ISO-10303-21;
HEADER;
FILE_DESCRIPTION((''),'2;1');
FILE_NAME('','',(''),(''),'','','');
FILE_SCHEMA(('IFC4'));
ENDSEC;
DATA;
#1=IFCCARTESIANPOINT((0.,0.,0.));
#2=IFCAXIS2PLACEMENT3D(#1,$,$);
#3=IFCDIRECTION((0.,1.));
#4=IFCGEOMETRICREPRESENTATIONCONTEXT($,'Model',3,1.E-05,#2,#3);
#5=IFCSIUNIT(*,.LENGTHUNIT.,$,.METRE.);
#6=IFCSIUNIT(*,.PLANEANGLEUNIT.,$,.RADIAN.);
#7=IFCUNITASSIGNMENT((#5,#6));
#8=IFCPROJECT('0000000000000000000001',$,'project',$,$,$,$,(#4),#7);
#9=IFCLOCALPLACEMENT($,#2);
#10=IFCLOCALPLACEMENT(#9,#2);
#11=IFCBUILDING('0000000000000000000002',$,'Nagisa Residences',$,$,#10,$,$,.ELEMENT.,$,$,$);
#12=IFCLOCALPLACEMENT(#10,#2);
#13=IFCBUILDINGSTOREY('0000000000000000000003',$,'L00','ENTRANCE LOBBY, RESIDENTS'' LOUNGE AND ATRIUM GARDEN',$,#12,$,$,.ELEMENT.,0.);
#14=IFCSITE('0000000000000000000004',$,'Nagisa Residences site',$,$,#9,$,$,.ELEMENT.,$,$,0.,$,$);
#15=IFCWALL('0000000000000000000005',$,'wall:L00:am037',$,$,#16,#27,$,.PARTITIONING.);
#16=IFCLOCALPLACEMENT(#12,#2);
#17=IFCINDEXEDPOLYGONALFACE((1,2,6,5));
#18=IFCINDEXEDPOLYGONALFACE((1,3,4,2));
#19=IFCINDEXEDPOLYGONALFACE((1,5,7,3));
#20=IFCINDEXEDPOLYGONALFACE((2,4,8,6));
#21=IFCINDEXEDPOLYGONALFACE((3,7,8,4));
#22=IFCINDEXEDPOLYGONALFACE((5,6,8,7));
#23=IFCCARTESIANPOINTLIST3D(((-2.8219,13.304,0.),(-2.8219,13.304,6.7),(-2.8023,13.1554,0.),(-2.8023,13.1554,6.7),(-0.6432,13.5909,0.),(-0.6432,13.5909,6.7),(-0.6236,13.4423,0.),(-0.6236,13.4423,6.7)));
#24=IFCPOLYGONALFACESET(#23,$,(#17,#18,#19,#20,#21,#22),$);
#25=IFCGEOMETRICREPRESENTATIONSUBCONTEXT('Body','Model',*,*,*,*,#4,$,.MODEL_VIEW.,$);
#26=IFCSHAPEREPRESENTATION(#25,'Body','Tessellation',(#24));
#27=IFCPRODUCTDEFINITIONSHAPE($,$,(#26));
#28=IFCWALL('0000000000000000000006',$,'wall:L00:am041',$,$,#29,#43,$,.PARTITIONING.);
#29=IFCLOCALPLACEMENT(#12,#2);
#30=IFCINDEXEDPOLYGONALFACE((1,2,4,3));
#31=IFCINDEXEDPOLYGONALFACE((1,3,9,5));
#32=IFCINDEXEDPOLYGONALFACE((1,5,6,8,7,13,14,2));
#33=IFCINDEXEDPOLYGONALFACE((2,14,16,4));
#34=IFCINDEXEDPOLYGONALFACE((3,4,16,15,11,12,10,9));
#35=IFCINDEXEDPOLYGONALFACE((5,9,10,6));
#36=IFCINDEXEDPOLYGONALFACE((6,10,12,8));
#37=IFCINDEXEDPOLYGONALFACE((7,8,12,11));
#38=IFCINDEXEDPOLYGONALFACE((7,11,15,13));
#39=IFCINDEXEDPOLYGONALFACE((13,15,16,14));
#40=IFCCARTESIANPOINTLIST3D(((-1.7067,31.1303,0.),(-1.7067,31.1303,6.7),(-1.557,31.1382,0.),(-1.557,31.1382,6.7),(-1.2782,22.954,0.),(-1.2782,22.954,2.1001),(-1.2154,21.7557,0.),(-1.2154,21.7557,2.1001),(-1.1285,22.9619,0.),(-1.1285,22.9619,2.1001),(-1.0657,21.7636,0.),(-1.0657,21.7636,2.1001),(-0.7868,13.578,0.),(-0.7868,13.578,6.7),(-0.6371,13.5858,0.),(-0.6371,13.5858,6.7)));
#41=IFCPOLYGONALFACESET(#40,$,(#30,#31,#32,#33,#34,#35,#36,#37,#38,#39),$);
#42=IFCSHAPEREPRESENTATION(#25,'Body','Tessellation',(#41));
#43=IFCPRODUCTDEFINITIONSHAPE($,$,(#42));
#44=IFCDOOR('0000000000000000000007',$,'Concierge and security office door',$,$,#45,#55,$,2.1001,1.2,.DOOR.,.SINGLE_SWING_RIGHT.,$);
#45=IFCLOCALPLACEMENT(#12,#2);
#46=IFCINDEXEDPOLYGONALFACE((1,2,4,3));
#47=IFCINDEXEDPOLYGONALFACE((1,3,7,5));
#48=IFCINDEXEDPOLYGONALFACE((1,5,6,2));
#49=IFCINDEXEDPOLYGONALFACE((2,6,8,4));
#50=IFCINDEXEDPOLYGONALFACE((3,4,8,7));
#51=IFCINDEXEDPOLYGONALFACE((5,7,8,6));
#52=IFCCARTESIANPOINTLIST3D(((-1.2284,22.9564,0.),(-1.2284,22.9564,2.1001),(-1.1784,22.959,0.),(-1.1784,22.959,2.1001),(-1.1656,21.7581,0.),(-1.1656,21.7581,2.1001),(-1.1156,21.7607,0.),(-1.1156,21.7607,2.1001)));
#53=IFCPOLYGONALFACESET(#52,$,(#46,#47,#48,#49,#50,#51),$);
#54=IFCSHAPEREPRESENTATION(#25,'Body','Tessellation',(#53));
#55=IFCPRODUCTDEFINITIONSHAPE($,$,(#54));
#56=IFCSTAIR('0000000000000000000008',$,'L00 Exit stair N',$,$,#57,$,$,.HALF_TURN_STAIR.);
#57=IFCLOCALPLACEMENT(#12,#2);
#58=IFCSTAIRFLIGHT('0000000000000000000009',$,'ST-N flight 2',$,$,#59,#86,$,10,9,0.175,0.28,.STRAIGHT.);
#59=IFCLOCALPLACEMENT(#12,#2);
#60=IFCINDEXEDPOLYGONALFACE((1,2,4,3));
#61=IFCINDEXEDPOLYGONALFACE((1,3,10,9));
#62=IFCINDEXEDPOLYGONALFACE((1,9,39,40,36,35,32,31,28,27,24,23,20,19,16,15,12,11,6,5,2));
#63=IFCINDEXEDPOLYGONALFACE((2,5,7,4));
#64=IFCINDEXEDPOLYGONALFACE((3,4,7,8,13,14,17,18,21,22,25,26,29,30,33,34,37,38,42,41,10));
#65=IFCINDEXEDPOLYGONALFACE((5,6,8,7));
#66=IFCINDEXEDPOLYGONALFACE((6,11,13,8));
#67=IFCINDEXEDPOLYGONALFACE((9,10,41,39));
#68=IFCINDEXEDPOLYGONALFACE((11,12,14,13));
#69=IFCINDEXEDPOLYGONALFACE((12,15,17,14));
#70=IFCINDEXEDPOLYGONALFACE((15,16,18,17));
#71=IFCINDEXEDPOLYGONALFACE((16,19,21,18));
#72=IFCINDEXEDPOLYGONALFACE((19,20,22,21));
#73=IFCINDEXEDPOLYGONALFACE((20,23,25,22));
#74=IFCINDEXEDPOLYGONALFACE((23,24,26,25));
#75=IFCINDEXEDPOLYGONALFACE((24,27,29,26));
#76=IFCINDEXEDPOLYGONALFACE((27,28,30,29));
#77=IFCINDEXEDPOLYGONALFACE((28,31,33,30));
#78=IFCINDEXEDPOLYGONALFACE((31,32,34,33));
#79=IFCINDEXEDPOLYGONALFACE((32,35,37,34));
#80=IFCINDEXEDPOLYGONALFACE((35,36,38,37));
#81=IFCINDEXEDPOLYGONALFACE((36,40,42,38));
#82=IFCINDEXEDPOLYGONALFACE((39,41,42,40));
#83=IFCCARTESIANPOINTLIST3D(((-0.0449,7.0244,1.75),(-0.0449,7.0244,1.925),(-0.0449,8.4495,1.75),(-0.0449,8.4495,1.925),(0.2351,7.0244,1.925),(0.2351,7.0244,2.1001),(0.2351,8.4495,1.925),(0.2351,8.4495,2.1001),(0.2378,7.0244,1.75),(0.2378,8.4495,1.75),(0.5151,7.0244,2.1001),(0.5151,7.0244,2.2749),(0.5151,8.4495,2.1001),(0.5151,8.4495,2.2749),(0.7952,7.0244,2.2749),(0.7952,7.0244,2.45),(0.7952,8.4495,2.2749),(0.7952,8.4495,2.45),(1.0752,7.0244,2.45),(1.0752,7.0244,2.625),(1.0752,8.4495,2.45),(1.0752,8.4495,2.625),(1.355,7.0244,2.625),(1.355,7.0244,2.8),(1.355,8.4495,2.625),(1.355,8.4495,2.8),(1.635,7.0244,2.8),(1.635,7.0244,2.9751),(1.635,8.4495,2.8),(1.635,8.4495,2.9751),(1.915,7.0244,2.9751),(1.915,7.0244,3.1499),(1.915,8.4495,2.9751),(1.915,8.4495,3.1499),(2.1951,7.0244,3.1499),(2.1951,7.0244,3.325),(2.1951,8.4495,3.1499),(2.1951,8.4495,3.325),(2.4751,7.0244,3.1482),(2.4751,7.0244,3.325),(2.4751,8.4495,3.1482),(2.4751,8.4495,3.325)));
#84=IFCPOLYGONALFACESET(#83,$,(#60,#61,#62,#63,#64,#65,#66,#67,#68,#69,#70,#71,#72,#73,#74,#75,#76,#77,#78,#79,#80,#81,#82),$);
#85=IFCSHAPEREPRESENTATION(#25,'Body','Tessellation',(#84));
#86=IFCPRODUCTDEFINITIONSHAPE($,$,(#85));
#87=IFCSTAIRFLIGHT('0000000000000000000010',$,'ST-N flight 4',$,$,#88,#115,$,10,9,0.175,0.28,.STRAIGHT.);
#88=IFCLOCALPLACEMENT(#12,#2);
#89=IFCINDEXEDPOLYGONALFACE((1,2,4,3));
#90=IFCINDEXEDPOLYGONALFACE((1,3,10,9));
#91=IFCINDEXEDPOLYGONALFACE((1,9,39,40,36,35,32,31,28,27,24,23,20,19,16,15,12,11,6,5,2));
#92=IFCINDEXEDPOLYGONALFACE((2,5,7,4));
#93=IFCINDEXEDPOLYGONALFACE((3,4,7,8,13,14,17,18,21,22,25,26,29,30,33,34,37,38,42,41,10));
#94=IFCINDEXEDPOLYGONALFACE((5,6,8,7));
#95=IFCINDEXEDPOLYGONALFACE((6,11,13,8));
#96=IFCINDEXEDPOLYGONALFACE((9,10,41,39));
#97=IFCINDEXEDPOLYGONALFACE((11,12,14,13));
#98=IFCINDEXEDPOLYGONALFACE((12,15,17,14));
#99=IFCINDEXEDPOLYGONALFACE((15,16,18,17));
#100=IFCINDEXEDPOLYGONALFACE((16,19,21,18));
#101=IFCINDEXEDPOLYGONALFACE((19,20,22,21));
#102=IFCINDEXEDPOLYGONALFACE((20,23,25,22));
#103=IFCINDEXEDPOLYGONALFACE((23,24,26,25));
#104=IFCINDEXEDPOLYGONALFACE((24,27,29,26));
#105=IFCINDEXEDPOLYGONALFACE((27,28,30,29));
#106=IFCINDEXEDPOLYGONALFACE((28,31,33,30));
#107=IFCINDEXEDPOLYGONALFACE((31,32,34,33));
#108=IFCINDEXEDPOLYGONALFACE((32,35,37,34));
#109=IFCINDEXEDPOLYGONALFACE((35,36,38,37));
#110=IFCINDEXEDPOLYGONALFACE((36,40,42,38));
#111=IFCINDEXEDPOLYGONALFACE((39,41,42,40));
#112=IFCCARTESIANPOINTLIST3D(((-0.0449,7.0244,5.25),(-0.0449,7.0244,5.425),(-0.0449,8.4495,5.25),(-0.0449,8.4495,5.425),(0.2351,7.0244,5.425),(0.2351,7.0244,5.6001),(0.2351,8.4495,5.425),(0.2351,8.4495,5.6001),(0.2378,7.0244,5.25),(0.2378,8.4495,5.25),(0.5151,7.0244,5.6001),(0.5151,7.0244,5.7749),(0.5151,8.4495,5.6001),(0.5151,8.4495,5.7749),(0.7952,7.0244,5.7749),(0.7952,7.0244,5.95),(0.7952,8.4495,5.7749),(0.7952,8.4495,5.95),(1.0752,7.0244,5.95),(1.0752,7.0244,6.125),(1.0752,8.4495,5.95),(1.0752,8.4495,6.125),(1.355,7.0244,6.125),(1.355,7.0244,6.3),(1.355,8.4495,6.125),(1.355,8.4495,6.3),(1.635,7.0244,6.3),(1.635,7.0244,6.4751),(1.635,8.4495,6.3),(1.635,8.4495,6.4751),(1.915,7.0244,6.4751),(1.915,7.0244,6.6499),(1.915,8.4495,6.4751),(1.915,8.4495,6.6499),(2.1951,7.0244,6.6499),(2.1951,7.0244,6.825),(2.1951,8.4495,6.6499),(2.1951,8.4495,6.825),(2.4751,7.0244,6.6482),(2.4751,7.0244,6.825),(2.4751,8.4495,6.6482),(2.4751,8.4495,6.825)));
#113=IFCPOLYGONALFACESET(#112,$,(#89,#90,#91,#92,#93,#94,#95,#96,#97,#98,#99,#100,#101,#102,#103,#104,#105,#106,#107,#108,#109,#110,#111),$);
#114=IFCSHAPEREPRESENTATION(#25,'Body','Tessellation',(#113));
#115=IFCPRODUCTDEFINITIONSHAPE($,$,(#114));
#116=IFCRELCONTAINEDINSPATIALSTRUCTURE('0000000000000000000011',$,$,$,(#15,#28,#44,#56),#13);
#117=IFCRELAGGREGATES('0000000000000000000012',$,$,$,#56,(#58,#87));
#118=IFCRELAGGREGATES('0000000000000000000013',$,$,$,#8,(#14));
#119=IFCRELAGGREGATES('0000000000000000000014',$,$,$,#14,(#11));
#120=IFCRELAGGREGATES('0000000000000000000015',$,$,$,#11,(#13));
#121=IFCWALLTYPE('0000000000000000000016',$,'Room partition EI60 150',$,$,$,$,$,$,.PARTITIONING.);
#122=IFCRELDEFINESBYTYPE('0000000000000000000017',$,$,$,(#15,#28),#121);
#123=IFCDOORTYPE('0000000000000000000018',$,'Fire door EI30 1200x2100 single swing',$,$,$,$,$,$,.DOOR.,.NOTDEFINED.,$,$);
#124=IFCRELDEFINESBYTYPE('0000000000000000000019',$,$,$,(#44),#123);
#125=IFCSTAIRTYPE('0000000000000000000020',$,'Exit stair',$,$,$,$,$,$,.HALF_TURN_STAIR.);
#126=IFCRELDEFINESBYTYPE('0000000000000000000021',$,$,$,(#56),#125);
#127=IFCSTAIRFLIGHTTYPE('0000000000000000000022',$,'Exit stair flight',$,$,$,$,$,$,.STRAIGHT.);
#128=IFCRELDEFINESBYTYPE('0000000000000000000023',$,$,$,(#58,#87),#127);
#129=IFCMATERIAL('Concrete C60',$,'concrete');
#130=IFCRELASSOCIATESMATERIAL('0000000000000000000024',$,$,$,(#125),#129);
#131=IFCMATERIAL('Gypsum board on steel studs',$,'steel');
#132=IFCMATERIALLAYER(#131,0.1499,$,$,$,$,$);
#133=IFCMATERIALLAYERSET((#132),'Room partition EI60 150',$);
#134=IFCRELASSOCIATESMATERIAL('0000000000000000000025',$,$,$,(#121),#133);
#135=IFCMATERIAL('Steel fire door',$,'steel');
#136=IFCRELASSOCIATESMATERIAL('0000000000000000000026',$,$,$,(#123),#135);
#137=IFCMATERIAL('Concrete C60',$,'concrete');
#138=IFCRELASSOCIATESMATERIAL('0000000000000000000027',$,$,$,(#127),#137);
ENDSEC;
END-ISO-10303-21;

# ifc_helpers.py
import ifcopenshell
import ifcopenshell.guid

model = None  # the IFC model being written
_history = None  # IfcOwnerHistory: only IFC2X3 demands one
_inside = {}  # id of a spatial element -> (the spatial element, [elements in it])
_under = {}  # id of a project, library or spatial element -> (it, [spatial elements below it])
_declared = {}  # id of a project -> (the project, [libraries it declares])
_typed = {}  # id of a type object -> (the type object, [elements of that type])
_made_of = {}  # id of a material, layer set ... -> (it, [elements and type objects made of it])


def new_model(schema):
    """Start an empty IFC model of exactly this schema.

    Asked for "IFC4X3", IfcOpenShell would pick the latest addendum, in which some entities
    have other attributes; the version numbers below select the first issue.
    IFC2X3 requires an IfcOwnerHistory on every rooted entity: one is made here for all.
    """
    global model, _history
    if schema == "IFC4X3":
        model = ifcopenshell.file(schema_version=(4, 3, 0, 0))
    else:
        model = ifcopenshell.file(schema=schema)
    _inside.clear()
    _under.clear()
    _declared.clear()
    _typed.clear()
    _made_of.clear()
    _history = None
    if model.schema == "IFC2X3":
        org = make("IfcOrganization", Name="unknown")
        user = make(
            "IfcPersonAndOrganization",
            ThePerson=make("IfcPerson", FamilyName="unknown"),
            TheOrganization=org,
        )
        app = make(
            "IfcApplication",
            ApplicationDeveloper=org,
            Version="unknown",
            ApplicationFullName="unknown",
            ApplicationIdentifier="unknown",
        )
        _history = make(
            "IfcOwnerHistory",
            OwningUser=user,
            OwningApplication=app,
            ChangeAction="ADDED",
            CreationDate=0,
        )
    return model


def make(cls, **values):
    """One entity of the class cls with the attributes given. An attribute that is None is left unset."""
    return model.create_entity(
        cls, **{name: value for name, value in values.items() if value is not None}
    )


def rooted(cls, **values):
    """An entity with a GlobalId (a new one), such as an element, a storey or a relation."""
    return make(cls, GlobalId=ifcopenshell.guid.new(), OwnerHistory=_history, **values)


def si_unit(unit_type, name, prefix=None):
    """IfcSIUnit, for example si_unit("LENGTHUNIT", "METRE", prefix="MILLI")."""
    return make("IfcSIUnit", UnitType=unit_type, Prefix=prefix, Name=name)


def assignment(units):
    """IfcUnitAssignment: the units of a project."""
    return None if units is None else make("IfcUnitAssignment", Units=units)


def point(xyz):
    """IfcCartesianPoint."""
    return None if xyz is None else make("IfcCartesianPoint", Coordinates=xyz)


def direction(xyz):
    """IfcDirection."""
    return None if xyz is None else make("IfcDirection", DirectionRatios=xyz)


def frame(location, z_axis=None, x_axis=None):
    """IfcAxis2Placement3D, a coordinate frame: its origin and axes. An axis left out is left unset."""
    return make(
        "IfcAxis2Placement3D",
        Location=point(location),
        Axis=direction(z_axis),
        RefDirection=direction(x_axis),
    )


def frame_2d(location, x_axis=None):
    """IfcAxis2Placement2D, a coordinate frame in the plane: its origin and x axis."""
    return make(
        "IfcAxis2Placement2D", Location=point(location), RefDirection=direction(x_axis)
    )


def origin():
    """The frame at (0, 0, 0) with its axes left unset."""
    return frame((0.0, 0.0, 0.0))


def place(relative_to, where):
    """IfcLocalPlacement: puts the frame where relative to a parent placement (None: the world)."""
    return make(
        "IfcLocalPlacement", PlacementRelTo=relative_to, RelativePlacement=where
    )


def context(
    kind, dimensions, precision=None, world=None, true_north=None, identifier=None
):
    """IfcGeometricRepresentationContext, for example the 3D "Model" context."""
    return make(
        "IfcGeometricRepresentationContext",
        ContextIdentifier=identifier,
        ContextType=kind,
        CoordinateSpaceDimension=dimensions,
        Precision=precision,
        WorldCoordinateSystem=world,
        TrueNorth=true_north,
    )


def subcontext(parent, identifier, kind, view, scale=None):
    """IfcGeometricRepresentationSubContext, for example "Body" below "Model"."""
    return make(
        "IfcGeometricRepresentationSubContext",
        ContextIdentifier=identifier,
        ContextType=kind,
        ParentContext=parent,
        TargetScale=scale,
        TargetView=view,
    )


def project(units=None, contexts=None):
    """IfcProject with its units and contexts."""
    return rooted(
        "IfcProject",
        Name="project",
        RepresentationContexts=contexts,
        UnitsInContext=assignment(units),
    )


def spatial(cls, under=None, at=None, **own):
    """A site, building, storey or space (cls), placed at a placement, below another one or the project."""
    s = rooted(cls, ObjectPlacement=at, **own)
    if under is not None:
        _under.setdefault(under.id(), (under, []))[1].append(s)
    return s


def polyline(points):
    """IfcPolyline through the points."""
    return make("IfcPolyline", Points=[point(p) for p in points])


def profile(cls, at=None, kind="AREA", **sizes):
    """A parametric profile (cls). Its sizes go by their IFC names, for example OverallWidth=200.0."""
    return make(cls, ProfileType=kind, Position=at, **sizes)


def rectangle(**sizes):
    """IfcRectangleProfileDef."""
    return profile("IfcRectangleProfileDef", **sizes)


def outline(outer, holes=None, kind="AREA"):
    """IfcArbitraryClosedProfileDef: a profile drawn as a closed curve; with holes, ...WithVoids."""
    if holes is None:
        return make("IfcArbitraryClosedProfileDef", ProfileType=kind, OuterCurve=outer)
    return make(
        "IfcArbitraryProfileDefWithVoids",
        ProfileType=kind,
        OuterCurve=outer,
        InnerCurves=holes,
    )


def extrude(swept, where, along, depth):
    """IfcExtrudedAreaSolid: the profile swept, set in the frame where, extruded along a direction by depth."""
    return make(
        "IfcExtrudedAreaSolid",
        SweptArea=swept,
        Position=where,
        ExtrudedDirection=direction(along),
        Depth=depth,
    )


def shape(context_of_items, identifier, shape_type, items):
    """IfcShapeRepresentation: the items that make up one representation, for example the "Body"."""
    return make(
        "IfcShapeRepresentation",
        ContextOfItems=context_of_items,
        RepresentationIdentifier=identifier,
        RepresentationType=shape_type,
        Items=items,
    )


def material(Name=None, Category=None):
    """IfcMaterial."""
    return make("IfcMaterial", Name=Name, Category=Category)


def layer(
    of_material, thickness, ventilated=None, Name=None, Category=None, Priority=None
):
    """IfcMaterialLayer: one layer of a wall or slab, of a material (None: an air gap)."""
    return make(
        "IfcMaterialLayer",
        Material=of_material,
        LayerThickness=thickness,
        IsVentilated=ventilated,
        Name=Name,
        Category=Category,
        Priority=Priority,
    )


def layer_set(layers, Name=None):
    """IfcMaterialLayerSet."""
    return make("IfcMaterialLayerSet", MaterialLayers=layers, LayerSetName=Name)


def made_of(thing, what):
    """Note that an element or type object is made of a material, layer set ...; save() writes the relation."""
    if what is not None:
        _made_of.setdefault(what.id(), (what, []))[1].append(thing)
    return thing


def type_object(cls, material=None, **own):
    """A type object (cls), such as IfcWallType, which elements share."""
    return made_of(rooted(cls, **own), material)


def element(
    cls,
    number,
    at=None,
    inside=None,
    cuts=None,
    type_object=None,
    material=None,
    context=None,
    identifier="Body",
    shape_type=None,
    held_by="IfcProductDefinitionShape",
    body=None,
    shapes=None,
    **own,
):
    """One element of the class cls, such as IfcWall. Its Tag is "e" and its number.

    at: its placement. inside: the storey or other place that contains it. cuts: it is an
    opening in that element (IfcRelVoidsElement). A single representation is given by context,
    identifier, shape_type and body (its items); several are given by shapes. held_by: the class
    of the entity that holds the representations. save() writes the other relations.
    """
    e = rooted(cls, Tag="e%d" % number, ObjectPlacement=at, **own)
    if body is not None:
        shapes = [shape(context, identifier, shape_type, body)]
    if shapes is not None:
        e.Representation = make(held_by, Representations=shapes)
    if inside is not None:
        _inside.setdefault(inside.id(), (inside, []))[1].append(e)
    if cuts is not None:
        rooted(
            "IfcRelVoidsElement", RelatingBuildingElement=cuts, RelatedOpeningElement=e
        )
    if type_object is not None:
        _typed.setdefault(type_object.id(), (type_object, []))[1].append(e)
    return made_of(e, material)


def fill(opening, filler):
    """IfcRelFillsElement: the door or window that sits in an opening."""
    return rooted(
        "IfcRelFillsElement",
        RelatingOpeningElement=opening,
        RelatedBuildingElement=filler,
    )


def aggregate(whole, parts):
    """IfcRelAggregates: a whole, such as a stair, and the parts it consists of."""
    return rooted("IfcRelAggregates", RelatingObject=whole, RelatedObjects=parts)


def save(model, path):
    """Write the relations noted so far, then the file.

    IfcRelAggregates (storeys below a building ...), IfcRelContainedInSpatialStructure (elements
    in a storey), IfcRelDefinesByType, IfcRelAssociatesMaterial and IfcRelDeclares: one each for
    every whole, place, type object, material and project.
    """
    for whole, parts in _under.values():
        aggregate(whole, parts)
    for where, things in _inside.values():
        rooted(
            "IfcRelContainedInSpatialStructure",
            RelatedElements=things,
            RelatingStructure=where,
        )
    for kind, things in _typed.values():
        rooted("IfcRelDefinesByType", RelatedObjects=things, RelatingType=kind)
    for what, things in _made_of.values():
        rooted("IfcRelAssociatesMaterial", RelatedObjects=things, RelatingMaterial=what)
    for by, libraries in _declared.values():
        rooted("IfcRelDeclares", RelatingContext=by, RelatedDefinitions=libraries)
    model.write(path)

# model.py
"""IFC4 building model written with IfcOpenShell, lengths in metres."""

from ifc_helpers import new_model, si_unit, direction, frame, frame_2d, origin, place, context, subcontext, project, spatial, polyline, rectangle, outline, extrude, material, layer, layer_set, type_object, element, fill, aggregate, save


model = new_model("IFC4")

# Units and contexts
model_context = context("Model", 3, precision=1e-05, world=origin(), true_north=direction((0.0, 1.0)))
body_context = subcontext(model_context, "Body", "Model", "MODEL_VIEW")
ifc_project = project(units=[si_unit("LENGTHUNIT", "METRE"), si_unit("PLANEANGLEUNIT", "RADIAN")], contexts=[model_context])

# Site, building, storey
site_placement = place(None, origin())
site = spatial("IfcSite", under=ifc_project, at=site_placement, Name="Nagisa Residences site", CompositionType="ELEMENT", RefElevation=0.0)
building_placement = place(site_placement, origin())
building = spatial("IfcBuilding", under=site, at=building_placement, Name="Nagisa Residences", CompositionType="ELEMENT")
storey_placement = place(building_placement, origin())
storey = spatial("IfcBuildingStorey", under=building, at=storey_placement, Name="L00", Description="ENTRANCE LOBBY, RESIDENTS' LOUNGE AND ATRIUM GARDEN", CompositionType="ELEMENT", Elevation=0.0)

# Shared definitions
ifc_material_1 = material(Name="Concrete C60", Category="concrete")
stair_type = type_object("IfcStairType", Name="Exit stair", PredefinedType="HALF_TURN_STAIR", material=ifc_material_1)

# Wall
ifc_material_2 = material(Name="Gypsum board on steel studs", Category="steel")
ifc_layer_1 = layer(ifc_material_2, 0.1499)
ifc_layer_set_1 = layer_set([ifc_layer_1], Name="Room partition EI60 150")
wall_type_1 = type_object("IfcWallType", Name="Room partition EI60 150", PredefinedType="PARTITIONING", material=ifc_layer_set_1)
wall_1_placement = place(storey_placement, frame((-2.812, 13.2297, 0.0), z_axis=(0.0, 0.0, 1.0), x_axis=(0.991443, 0.130541, 0.0)))
element("IfcWall", 1, at=wall_1_placement, inside=storey, type_object=wall_type_1, Name="wall:L00:am037", PredefinedType="PARTITIONING", context=body_context, shape_type="SweptSolid", body=[
    extrude(rectangle(XDim=2.1975, YDim=0.1499, at=frame_2d((1.0986, 0.0))), origin(), (0.0, 0.0, 1.0), 6.7),
])

# Wall, opening, door
wall_2_placement = place(storey_placement, frame((-0.7119, 13.582, 0.0), z_axis=(0.0, 0.0, 1.0), x_axis=(-0.052339, 0.998629, 0.0)))
wall_2 = element("IfcWall", 2, at=wall_2_placement, inside=storey, type_object=wall_type_1, Name="wall:L00:am041", PredefinedType="PARTITIONING", context=body_context, shape_type="SweptSolid", body=[
    extrude(rectangle(XDim=17.5764, YDim=0.1499, at=frame_2d((8.7881, 0.0))), origin(), (0.0, 0.0, 1.0), 6.7),
])
opening_1_placement = place(wall_2_placement, frame((8.1887, 0.0, 0.0)))
opening_1 = element("IfcOpeningElement", 3, at=opening_1_placement, cuts=wall_2, PredefinedType="OPENING", context=body_context, shape_type="SweptSolid", body=[
    extrude(rectangle(XDim=1.2, YDim=2.1001, at=frame_2d((0.6001, 1.05))), frame((0.0, 0.085, 0.0), z_axis=(0.0, -1.0, 0.0), x_axis=(1.0, 0.0, 0.0)), (0.0, 0.0, 1.0), 0.1699),
])
ifc_material_3 = material(Name="Steel fire door", Category="steel")
door_type_1 = type_object("IfcDoorType", Name="Fire door EI30 1200x2100 single swing", OperationType="NOTDEFINED", PredefinedType="DOOR", material=ifc_material_3)
door_1_placement = place(opening_1_placement, frame((1.2, 0.0, 0.0), x_axis=(-1.0, 0.0, 0.0)))
door_1 = element("IfcDoor", 4, at=door_1_placement, inside=storey, type_object=door_type_1, Name="Concierge and security office door", OperationType="SINGLE_SWING_RIGHT", OverallHeight=2.1001, OverallWidth=1.2, PredefinedType="DOOR", context=body_context, shape_type="SweptSolid", body=[
    extrude(rectangle(XDim=1.2, YDim=2.1001, at=frame_2d((0.6001, 1.05))), frame((0.0, 0.0249, 0.0), z_axis=(0.0, -1.0, 0.0), x_axis=(1.0, 0.0, 0.0)), (0.0, 0.0, 1.0), 0.05),
])
fill(opening_1, door_1)

# Stair, stair flights
stair_1_placement = place(storey_placement, origin())
stair_1 = element("IfcStair", 5, at=stair_1_placement, inside=storey, type_object=stair_type, Name="L00 Exit stair N", PredefinedType="HALF_TURN_STAIR")
ifc_material_4 = material(Name="Concrete C60", Category="concrete")
stair_flight_type = type_object("IfcStairFlightType", Name="Exit stair flight", PredefinedType="STRAIGHT", material=ifc_material_4)
stair_flight_1_placement = place(storey_placement, frame((-0.0449, 7.7371, 1.75), z_axis=(0.0, 0.0, 1.0), x_axis=(1.0, 0.0, 0.0)))
stair_flight_1 = element("IfcStairFlight", 6, at=stair_flight_1_placement, type_object=stair_flight_type, Name="ST-N flight 2", NumberOfRisers=10, NumberOfTreads=9, PredefinedType="STRAIGHT", RiserHeight=0.175, TreadLength=0.28, context=body_context, shape_type="SweptSolid", body=[
    extrude(outline(polyline([(0.0, 0.0), (0.0, 0.175), (0.28, 0.175), (0.28, 0.3501), (0.5601, 0.3501), (0.5601, 0.5249), (0.8401, 0.5249), (0.8401, 0.7), (1.1201, 0.7), (1.1201, 0.875), (1.3999, 0.875), (1.3999, 1.05), (1.6799, 1.05), (1.6799, 1.2251), (1.96, 1.2251), (1.96, 1.3999), (2.24, 1.3999), (2.24, 1.575), (2.52, 1.575), (2.52, 1.75), (2.52, 1.3982), (0.2827, 0.0), (0.0, 0.0)])), frame((0.0, 0.7124, 0.0), z_axis=(0.0, -1.0, 0.0), x_axis=(1.0, 0.0, 0.0)), (0.0, 0.0, 1.0), 1.425),
])
stair_flight_2_placement = place(storey_placement, frame((-0.0449, 7.7371, 5.25), z_axis=(0.0, 0.0, 1.0), x_axis=(1.0, 0.0, 0.0)))
stair_flight_2 = element("IfcStairFlight", 7, at=stair_flight_2_placement, type_object=stair_flight_type, Name="ST-N flight 4", NumberOfRisers=10, NumberOfTreads=9, PredefinedType="STRAIGHT", RiserHeight=0.175, TreadLength=0.28, context=body_context, shape_type="SweptSolid", body=[
    extrude(outline(polyline([(0.0, 0.0), (0.0, 0.175), (0.28, 0.175), (0.28, 0.3501), (0.5601, 0.3501), (0.5601, 0.5249), (0.8401, 0.5249), (0.8401, 0.7), (1.1201, 0.7), (1.1201, 0.875), (1.3999, 0.875), (1.3999, 1.05), (1.6799, 1.05), (1.6799, 1.2251), (1.96, 1.2251), (1.96, 1.3999), (2.24, 1.3999), (2.24, 1.575), (2.52, 1.575), (2.52, 1.75), (2.52, 1.3982), (0.2827, 0.0), (0.0, 0.0)])), frame((0.0, 0.7124, 0.0), z_axis=(0.0, -1.0, 0.0), x_axis=(1.0, 0.0, 0.0)), (0.0, 0.0, 1.0), 1.425),
])
aggregate(stair_1, [stair_flight_1, stair_flight_2])

save(model, "model.ifc")
